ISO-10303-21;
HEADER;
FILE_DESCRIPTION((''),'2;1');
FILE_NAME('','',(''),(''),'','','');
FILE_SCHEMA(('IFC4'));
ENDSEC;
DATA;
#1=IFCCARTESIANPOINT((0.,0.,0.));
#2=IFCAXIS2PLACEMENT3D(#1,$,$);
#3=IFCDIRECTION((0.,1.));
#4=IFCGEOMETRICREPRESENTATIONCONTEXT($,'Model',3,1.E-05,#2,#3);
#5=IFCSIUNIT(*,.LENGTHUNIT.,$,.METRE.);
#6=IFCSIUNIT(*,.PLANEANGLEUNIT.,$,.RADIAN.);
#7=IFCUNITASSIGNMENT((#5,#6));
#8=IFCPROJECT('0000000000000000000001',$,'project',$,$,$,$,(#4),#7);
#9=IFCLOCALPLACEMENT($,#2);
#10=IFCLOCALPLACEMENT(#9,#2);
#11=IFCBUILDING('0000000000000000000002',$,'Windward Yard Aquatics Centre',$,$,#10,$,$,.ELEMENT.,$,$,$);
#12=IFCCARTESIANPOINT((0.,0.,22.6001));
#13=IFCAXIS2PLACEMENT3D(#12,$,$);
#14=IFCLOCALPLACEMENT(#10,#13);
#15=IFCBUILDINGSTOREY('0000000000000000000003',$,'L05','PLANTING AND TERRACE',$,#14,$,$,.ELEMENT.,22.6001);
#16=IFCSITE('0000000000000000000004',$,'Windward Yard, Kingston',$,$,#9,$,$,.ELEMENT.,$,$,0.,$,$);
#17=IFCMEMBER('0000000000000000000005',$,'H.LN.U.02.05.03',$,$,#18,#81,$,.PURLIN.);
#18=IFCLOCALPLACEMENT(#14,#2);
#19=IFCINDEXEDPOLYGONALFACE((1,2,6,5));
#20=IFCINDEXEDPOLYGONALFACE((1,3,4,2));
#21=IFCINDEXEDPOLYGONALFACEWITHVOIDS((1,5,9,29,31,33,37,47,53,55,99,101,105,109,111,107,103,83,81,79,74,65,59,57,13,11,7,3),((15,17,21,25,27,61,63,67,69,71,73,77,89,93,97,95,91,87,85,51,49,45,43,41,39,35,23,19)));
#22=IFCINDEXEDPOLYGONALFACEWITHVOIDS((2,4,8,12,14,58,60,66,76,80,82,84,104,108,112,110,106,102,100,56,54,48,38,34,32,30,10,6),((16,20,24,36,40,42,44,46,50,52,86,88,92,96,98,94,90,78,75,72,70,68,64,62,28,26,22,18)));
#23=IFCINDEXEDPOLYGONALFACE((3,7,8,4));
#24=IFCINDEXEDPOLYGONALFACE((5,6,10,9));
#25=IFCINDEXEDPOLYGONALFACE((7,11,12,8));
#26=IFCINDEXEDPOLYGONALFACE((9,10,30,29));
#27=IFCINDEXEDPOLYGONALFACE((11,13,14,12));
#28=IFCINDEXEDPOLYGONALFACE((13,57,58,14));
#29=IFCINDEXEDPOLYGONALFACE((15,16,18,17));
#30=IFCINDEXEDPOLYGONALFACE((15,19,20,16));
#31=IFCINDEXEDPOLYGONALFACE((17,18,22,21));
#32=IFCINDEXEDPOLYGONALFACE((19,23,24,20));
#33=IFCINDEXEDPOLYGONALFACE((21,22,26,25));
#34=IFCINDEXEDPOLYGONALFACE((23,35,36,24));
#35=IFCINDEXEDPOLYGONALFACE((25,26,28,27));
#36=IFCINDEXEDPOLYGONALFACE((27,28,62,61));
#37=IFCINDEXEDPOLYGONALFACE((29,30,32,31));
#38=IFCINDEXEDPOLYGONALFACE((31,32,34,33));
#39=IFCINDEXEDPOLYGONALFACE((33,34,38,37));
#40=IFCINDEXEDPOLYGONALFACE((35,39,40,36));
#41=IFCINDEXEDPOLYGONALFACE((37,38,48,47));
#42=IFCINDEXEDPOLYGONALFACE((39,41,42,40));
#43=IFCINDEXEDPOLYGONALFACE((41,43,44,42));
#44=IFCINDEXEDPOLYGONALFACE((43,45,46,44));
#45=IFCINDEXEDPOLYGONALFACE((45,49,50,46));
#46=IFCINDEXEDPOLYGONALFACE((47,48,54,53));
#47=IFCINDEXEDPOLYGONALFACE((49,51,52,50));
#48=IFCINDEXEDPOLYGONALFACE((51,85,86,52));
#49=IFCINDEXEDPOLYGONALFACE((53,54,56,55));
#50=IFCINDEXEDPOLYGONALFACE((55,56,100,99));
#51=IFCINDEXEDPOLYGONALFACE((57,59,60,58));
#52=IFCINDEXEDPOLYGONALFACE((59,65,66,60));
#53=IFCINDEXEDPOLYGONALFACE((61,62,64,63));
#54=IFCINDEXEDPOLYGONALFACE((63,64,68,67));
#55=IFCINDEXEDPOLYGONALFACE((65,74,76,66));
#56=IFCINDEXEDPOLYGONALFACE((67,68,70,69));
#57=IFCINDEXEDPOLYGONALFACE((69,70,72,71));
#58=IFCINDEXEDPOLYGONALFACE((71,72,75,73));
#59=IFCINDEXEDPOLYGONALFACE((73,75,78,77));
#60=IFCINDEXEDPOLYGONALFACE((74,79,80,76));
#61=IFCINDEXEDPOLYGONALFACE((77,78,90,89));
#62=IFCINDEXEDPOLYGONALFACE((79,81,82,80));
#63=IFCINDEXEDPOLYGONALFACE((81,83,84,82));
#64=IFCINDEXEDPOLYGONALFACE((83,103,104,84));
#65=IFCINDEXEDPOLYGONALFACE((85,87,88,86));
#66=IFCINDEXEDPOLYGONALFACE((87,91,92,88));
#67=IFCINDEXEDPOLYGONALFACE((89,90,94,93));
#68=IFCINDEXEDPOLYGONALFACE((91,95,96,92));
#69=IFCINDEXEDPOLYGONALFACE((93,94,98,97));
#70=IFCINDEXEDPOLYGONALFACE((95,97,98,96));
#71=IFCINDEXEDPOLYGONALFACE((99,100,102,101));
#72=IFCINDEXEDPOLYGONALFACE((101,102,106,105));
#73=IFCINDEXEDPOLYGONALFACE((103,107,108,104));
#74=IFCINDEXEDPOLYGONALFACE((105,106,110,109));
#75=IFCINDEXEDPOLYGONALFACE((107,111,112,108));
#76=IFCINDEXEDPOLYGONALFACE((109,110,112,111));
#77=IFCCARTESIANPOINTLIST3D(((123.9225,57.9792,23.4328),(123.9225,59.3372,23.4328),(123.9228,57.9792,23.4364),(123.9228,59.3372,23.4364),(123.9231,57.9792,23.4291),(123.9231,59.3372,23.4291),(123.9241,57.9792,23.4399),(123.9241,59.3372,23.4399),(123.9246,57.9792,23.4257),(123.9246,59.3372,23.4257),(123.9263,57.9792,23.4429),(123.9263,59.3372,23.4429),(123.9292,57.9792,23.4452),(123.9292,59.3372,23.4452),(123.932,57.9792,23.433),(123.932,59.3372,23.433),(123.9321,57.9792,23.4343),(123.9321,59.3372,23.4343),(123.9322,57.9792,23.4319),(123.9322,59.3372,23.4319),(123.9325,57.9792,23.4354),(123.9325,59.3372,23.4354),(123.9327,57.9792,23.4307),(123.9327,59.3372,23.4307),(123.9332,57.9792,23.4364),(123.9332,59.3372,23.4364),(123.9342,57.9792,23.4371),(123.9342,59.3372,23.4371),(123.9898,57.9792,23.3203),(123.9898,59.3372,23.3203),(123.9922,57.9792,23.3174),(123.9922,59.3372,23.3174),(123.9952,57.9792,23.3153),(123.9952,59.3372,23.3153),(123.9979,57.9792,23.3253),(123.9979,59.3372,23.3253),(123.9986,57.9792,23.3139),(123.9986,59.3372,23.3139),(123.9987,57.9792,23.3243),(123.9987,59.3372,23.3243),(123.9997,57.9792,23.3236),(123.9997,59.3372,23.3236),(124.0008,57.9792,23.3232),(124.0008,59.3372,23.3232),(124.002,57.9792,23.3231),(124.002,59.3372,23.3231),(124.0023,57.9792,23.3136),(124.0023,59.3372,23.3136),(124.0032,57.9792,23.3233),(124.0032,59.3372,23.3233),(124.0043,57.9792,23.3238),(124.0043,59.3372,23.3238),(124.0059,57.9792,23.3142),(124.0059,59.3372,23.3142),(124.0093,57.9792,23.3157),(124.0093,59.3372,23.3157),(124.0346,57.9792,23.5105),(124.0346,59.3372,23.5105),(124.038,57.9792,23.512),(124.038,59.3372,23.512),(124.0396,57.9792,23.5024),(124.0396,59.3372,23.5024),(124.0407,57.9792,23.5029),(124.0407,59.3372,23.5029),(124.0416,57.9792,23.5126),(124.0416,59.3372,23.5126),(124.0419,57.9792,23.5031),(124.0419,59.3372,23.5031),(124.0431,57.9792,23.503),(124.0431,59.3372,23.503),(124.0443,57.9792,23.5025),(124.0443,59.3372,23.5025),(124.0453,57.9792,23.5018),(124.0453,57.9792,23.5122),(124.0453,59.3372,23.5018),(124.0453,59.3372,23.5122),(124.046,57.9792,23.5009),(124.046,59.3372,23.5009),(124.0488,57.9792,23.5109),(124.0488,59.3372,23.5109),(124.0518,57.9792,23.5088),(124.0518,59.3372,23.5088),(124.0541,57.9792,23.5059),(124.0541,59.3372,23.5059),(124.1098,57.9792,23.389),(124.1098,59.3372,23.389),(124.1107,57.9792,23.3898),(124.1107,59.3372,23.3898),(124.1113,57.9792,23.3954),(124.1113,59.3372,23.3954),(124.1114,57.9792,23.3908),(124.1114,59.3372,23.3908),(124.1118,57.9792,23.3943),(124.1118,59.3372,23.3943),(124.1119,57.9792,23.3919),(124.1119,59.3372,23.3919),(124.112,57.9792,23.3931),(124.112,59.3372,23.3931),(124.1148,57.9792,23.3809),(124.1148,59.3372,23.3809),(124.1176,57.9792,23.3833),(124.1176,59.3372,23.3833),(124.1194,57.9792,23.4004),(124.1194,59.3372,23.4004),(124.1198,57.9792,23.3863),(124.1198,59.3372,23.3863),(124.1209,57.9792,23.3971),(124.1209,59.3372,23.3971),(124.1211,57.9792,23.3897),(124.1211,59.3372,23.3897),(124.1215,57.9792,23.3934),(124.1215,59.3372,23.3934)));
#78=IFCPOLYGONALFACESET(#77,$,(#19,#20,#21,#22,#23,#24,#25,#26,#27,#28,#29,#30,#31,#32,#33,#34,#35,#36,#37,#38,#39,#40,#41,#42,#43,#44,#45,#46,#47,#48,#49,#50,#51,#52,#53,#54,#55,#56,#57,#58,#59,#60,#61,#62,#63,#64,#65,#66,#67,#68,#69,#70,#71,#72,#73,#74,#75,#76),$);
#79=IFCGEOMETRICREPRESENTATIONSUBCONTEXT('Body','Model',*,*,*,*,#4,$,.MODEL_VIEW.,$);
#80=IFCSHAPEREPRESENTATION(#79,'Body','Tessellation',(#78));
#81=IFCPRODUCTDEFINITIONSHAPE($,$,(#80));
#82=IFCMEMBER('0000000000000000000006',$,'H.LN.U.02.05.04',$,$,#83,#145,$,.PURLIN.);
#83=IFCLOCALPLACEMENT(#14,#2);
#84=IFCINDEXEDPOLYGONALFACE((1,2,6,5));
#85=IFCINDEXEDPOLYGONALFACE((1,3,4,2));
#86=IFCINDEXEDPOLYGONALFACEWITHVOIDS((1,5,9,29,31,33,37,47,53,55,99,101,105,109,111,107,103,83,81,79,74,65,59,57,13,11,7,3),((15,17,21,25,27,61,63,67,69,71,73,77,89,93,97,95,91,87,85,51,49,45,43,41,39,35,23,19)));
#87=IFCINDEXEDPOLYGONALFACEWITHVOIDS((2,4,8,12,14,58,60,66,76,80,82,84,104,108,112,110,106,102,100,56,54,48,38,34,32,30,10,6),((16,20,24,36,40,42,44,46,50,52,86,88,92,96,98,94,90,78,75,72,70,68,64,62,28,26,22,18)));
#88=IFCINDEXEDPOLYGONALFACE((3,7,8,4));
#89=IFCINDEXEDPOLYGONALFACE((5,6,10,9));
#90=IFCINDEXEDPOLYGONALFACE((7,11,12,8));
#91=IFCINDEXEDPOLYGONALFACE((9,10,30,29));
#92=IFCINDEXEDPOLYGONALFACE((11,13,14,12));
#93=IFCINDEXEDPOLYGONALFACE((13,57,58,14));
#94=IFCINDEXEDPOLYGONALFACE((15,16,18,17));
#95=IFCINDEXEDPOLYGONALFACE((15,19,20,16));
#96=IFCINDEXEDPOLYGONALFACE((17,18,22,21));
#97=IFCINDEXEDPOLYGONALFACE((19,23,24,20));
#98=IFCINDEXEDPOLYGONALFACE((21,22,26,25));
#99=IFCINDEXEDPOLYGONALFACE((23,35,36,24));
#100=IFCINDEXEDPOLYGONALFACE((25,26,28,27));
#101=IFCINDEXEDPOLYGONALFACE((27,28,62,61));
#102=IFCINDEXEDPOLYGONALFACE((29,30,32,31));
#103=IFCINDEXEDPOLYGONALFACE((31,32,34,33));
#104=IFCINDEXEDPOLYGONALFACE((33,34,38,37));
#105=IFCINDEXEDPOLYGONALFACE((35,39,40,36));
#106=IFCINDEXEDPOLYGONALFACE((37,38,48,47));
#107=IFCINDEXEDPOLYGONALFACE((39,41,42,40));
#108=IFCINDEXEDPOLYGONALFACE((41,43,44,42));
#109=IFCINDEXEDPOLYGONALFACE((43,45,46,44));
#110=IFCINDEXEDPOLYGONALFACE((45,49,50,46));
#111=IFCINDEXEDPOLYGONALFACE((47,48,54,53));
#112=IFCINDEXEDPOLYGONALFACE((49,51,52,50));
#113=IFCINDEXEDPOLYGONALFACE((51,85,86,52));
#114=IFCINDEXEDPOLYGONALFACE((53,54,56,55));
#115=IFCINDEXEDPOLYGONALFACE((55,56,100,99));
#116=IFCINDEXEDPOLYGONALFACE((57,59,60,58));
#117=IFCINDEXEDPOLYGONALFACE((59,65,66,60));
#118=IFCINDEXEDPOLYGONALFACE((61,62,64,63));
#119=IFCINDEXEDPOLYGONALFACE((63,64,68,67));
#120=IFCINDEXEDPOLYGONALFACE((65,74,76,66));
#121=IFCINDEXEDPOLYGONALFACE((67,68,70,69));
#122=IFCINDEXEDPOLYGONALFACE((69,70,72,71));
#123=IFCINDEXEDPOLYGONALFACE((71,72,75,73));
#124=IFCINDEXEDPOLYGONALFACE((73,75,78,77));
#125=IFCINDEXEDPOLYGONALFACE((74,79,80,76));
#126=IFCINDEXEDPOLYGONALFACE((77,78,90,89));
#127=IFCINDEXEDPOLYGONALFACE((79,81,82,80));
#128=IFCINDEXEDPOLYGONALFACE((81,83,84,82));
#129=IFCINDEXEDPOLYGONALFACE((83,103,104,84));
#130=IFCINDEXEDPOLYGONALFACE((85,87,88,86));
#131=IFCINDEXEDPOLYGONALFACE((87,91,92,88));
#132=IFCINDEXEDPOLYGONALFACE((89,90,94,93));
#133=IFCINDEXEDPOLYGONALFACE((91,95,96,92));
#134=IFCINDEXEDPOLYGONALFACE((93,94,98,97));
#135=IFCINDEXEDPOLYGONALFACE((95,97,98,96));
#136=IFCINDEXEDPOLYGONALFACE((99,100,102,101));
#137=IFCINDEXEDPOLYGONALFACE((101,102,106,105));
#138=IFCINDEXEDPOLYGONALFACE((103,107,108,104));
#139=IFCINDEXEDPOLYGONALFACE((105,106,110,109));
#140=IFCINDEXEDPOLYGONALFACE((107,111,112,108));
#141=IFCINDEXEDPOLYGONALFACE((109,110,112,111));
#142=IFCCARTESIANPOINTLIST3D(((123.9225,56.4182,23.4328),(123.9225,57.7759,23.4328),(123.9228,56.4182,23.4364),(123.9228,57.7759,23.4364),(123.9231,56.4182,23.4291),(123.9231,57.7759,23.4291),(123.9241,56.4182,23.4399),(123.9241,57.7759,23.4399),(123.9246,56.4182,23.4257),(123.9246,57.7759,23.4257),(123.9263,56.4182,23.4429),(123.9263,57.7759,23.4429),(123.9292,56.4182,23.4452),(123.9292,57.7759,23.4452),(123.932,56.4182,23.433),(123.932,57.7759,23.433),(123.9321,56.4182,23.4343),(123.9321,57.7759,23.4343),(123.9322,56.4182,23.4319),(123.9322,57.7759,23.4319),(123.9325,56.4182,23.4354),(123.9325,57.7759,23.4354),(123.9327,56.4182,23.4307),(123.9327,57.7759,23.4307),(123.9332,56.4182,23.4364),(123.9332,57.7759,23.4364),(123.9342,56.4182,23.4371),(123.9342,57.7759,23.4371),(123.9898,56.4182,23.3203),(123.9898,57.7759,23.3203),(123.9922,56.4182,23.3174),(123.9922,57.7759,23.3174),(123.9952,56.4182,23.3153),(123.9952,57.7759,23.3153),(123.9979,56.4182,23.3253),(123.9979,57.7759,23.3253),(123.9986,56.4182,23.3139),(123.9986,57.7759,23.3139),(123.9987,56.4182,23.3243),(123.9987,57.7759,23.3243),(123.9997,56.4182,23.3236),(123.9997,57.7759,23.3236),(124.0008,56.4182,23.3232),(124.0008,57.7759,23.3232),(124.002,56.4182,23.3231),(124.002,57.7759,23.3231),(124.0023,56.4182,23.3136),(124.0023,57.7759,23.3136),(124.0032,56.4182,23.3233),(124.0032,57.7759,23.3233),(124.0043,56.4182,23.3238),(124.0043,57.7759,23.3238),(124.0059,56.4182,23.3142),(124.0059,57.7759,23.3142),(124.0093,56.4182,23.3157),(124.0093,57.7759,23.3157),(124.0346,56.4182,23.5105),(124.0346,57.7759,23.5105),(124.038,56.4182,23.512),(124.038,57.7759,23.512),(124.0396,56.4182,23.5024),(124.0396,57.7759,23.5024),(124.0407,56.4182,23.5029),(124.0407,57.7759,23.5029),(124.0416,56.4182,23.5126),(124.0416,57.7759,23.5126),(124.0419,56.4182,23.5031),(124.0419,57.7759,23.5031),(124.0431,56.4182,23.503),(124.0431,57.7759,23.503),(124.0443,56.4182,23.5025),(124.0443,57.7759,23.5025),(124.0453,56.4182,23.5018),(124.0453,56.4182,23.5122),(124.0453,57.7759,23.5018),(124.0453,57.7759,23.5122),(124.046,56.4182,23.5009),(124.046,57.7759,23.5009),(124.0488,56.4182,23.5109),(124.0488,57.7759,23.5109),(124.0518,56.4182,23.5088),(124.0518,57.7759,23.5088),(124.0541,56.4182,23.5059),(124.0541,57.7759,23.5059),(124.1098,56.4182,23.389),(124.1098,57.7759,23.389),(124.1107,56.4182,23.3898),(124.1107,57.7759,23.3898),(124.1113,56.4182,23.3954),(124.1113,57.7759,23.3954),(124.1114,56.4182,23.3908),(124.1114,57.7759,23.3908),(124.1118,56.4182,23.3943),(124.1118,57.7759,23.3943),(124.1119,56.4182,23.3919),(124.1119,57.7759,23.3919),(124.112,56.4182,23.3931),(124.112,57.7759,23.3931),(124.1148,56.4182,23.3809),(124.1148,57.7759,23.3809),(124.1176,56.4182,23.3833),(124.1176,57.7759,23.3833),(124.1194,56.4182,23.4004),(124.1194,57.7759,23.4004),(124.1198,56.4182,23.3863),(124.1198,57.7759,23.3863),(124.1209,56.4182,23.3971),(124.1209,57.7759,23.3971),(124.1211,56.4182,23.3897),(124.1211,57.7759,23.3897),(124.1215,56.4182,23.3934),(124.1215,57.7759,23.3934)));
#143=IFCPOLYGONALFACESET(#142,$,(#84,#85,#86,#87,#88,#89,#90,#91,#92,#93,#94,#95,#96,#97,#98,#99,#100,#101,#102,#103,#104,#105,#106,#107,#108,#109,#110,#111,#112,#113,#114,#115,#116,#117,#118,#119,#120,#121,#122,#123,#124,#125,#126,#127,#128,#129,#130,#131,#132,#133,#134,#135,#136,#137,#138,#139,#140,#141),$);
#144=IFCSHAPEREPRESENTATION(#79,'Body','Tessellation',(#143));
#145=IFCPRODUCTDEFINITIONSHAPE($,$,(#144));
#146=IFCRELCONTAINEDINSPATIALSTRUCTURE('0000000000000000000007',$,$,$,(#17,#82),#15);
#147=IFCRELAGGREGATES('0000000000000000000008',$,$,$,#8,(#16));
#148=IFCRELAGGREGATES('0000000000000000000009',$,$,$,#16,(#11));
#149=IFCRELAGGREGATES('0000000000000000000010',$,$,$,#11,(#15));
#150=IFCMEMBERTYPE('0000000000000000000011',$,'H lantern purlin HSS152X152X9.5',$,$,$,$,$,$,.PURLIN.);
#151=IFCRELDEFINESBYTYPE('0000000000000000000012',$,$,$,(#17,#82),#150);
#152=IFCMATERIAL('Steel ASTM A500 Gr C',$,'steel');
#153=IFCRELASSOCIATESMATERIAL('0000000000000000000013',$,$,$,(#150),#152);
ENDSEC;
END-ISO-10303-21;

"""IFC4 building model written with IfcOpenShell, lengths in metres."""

from ifc_helpers import new_model, si_unit, direction, frame, origin, origin_2d, place, context, subcontext, project, spatial, hollow_rectangle, extrude, material, material_profile, profile_set, type_object, element, save


model = new_model("IFC4")

# Units and contexts
model_context = context("Model", 3, precision=1e-05, world=origin(), true_north=direction((0.0, 1.0)))
body_context = subcontext(model_context, "Body", "Model", "MODEL_VIEW")
ifc_project = project(units=[si_unit("LENGTHUNIT", "METRE"), si_unit("PLANEANGLEUNIT", "RADIAN")], contexts=[model_context])

# Site, building, storey
site_placement = place(None, origin())
site = spatial("IfcSite", under=ifc_project, at=site_placement, Name="Windward Yard, Kingston", CompositionType="ELEMENT", RefElevation=0.0)
building_placement = place(site_placement, origin())
building = spatial("IfcBuilding", under=site, at=building_placement, Name="Windward Yard Aquatics Centre", CompositionType="ELEMENT")
storey_placement = place(building_placement, frame((0.0, 0.0, 22.6001)))
storey = spatial("IfcBuildingStorey", under=building, at=storey_placement, Name="L05", Description="PLANTING AND TERRACE", CompositionType="ELEMENT", Elevation=22.6001)

# Members
ifc_material_1 = material(Name="Steel ASTM A500 Gr C", Category="steel")
ifc_material_profile = material_profile(ifc_material_1, hollow_rectangle(XDim=0.1523, YDim=0.1523, WallThickness=0.0095, InnerFilletRadius=0.0046, OuterFilletRadius=0.0142, at=origin_2d()), Name="HSS152X152X9.5")
ifc_profile_set = profile_set([ifc_material_profile], Name="Steel ASTM A500 Gr C")
member_type = type_object("IfcMemberType", Name="H lantern purlin HSS152X152X9.5", PredefinedType="PURLIN", material=ifc_profile_set)
member_1_placement = place(storey_placement, frame((124.022, 59.3372, 23.4131), z_axis=(0.0, -1.0, 0.0), x_axis=(0.526172, 0.0, -0.850378)))
element("IfcMember", 1, at=member_1_placement, inside=storey, type_object=member_type, Name="H.LN.U.02.05.03", PredefinedType="PURLIN", context=body_context, shape_type="SweptSolid", body=[
    extrude(hollow_rectangle(XDim=0.1523, YDim=0.1523, WallThickness=0.0095, InnerFilletRadius=0.0046, OuterFilletRadius=0.0142, at=origin_2d()), origin(), (0.0, 0.0, 1.0), 1.3579),
])
member_2_placement = place(storey_placement, frame((124.022, 57.7759, 23.4131), z_axis=(0.0, -1.0, 0.0), x_axis=(0.526172, 0.0, -0.850378)))
element("IfcMember", 2, at=member_2_placement, inside=storey, type_object=member_type, Name="H.LN.U.02.05.04", PredefinedType="PURLIN", context=body_context, shape_type="SweptSolid", body=[
    extrude(hollow_rectangle(XDim=0.1523, YDim=0.1523, WallThickness=0.0095, InnerFilletRadius=0.0046, OuterFilletRadius=0.0142, at=origin_2d()), origin(), (0.0, 0.0, 1.0), 1.3577),
])

save(model, "model.ifc")
